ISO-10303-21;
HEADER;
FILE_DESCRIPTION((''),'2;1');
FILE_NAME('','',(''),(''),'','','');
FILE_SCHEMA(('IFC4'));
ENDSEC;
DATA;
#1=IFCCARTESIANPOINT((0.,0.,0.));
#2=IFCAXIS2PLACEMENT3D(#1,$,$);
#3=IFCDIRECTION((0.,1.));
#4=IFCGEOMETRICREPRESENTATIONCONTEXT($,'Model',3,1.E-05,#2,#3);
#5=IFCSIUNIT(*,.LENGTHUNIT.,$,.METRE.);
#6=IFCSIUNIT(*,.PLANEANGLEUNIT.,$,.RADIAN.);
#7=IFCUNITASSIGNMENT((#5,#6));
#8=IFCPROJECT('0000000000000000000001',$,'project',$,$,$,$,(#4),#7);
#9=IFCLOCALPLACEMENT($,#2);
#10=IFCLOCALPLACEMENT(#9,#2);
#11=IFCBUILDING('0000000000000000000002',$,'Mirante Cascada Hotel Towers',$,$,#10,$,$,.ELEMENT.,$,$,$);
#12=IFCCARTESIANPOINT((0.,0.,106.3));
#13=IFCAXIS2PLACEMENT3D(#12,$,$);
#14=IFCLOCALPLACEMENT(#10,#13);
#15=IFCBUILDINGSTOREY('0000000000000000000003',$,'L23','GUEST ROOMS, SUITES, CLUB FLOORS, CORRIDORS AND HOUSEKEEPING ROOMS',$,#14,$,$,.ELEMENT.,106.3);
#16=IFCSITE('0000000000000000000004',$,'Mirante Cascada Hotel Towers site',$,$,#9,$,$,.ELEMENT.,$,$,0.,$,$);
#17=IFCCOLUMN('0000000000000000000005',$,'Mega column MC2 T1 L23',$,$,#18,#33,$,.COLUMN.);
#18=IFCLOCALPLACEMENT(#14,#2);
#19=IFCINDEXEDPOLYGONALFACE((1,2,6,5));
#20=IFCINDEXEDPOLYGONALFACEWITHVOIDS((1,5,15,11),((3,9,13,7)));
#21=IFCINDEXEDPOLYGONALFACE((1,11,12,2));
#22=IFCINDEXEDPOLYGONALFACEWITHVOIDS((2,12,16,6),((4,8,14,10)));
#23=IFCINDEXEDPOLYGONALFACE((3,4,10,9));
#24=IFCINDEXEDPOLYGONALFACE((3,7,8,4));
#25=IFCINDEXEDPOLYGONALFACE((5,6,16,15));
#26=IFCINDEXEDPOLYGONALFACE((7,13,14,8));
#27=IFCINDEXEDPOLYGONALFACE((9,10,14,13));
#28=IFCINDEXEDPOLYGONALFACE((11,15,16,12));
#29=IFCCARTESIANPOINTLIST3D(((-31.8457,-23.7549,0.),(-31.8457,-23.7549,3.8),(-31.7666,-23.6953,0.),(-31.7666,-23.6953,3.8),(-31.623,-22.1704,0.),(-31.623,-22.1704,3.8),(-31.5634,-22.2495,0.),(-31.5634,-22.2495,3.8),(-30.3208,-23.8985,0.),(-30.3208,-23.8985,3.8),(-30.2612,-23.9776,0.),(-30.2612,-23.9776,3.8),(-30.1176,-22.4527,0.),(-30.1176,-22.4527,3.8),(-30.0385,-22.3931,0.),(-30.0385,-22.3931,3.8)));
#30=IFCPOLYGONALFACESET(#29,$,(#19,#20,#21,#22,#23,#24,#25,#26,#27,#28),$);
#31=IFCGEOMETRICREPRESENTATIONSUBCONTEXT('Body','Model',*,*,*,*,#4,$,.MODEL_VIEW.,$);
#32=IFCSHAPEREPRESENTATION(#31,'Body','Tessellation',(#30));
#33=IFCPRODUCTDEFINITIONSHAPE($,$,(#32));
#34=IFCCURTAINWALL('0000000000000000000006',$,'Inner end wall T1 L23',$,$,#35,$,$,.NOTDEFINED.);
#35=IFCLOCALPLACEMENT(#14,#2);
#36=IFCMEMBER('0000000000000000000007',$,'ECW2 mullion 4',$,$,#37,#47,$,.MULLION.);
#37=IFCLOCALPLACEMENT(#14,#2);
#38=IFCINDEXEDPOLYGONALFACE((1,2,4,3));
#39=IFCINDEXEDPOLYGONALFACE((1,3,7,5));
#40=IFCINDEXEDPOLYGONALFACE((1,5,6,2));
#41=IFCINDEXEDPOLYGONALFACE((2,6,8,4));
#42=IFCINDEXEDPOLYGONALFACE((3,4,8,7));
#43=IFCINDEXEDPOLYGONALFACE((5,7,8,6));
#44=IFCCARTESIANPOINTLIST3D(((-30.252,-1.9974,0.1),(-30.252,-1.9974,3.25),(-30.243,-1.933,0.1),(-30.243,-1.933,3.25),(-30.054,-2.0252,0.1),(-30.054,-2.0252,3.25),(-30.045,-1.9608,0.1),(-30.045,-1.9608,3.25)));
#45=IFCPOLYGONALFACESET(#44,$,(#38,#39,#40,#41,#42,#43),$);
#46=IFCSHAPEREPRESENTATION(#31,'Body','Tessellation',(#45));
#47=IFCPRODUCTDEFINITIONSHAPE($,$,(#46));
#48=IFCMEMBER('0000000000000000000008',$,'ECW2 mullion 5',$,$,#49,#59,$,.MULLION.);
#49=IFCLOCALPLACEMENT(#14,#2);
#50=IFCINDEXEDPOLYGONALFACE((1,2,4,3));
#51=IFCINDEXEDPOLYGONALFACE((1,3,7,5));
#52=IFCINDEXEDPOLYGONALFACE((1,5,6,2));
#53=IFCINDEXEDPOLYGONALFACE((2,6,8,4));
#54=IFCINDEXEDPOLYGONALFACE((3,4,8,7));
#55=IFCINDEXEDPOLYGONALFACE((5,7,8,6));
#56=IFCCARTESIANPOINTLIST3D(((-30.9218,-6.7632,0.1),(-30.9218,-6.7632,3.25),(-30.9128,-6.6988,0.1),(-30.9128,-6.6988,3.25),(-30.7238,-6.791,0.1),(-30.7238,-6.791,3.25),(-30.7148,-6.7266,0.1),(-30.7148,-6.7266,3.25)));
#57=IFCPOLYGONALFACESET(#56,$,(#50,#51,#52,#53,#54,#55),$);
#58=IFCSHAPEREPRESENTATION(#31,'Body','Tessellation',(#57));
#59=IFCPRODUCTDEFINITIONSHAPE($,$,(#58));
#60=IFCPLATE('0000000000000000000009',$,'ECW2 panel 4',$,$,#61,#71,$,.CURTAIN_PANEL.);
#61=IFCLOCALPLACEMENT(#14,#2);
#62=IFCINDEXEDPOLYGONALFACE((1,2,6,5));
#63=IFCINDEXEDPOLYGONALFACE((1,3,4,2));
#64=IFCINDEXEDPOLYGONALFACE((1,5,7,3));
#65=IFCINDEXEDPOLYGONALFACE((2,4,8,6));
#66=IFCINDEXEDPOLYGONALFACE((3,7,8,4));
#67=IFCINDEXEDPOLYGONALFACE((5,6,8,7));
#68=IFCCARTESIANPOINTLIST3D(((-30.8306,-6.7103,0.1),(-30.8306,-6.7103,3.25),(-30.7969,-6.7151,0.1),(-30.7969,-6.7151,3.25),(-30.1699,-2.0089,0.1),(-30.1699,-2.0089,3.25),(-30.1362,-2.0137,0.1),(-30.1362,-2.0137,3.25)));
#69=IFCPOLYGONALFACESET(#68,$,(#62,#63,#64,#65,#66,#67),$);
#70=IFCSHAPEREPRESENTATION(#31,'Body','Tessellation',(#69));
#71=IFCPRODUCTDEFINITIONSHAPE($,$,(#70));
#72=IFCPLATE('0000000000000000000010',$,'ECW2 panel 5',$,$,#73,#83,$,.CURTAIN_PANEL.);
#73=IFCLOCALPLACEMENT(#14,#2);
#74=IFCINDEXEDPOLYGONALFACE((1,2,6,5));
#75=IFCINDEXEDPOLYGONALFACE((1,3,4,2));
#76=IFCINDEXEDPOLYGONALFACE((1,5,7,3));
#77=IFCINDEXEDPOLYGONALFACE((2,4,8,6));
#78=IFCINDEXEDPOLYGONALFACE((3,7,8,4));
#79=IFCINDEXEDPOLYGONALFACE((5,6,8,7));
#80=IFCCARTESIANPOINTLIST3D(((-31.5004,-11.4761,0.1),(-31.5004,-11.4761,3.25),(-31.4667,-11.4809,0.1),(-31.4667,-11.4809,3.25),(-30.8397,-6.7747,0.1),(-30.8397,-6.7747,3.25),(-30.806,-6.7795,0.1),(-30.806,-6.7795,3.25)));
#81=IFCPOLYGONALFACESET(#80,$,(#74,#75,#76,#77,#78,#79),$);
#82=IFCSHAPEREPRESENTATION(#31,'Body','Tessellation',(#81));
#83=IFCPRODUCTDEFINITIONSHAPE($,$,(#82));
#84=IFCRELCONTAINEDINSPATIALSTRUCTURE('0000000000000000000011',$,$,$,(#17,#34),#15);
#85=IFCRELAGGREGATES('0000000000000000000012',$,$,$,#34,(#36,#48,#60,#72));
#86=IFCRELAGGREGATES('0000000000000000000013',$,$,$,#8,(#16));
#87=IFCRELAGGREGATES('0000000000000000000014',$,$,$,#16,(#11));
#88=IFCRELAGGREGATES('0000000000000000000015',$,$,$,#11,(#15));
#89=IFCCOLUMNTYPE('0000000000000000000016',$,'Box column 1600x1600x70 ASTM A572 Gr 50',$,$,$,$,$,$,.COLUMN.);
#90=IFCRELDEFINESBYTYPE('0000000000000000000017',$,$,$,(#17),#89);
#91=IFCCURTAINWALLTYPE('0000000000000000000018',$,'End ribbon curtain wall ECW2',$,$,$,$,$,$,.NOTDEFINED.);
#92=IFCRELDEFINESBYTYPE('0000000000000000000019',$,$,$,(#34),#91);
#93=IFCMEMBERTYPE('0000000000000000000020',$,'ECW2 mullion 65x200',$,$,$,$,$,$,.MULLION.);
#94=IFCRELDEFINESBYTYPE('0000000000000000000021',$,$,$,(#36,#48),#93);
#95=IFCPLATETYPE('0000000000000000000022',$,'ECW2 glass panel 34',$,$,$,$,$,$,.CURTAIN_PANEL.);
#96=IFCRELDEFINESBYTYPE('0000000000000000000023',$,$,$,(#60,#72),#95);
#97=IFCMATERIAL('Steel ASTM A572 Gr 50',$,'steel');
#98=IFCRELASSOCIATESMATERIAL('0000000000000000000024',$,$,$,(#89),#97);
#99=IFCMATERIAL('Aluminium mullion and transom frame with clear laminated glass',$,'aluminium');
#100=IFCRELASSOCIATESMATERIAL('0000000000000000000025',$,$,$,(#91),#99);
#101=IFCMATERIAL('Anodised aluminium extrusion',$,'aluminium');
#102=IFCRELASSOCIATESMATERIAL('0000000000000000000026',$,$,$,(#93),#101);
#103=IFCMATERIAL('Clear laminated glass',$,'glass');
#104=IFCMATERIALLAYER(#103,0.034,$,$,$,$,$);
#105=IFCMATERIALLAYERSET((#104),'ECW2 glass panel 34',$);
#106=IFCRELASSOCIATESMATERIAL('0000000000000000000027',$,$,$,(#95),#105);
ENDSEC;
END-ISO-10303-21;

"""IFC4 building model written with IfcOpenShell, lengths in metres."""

from ifc_helpers import new_model, si_unit, direction, frame, origin, origin_2d, place, context, subcontext, project, spatial, rectangle, hollow_rectangle, extrude, material, layer, layer_set, material_profile, profile_set, type_object, element, aggregate, save


model = new_model("IFC4")

# Units and contexts
model_context = context("Model", 3, precision=1e-05, world=origin(), true_north=direction((0.0, 1.0)))
body_context = subcontext(model_context, "Body", "Model", "MODEL_VIEW")
ifc_project = project(units=[si_unit("LENGTHUNIT", "METRE"), si_unit("PLANEANGLEUNIT", "RADIAN")], contexts=[model_context])

# Site, building, storey
site_placement = place(None, origin())
site = spatial("IfcSite", under=ifc_project, at=site_placement, Name="Mirante Cascada Hotel Towers site", CompositionType="ELEMENT", RefElevation=0.0)
building_placement = place(site_placement, origin())
building = spatial("IfcBuilding", under=site, at=building_placement, Name="Mirante Cascada Hotel Towers", CompositionType="ELEMENT")
storey_placement = place(building_placement, frame((0.0, 0.0, 106.3)))
storey = spatial("IfcBuildingStorey", under=building, at=storey_placement, Name="L23", Description="GUEST ROOMS, SUITES, CLUB FLOORS, CORRIDORS AND HOUSEKEEPING ROOMS", CompositionType="ELEMENT", Elevation=106.3)

# Column
ifc_material_1 = material(Name="Steel ASTM A572 Gr 50", Category="steel")
ifc_material_profile_1 = material_profile(ifc_material_1, hollow_rectangle(XDim=1.6, YDim=1.6, WallThickness=0.07, at=origin_2d()), Name="Box column 1600x1600x70 ASTM A572 Gr 50")
ifc_profile_set_1 = profile_set([ifc_material_profile_1], Name="Steel ASTM A572 Gr 50")
column_type = type_object("IfcColumnType", Name="Box column 1600x1600x70 ASTM A572 Gr 50", PredefinedType="COLUMN", material=ifc_profile_set_1)
column_placement = place(storey_placement, frame((-30.9421, -23.074, 0.0), z_axis=(0.0, 0.0, 1.0), x_axis=(-0.990268, 0.139173, 0.0)))
element("IfcColumn", 1, at=column_placement, inside=storey, type_object=column_type, Name="Mega column MC2 T1 L23", PredefinedType="COLUMN", context=body_context, shape_type="SweptSolid", body=[
    extrude(hollow_rectangle(XDim=1.6, YDim=1.6, WallThickness=0.07, at=origin_2d()), origin(), (0.0, 0.0, 1.0), 3.8),
])

# Curtain wall, members, plates
ifc_material_2 = material(Name="Aluminium mullion and transom frame with clear laminated glass", Category="aluminium")
curtain_wall_type = type_object("IfcCurtainWallType", Name="End ribbon curtain wall ECW2", PredefinedType="NOTDEFINED", material=ifc_material_2)
curtain_wall_placement = place(storey_placement, origin())
curtain_wall = element("IfcCurtainWall", 2, at=curtain_wall_placement, inside=storey, type_object=curtain_wall_type, Name="Inner end wall T1 L23", PredefinedType="NOTDEFINED")
ifc_material_3 = material(Name="Anodised aluminium extrusion", Category="aluminium")
ifc_material_profile_2 = material_profile(ifc_material_3, rectangle(XDim=0.2, YDim=0.065, at=origin_2d()), Name="ECW2 MULLION 65x200")
ifc_profile_set_2 = profile_set([ifc_material_profile_2], Name="Anodised aluminium extrusion")
member_type = type_object("IfcMemberType", Name="ECW2 mullion 65x200", PredefinedType="MULLION", material=ifc_profile_set_2)
member_1_placement = place(storey_placement, frame((-30.1485, -1.9791, 0.1), z_axis=(0.0, 0.0, 1.0), x_axis=(0.990268, -0.139173, 0.0)))
member_1 = element("IfcMember", 3, at=member_1_placement, type_object=member_type, Name="ECW2 mullion 4", PredefinedType="MULLION", context=body_context, shape_type="SweptSolid", body=[
    extrude(rectangle(XDim=0.2, YDim=0.065, at=origin_2d()), origin(), (0.0, 0.0, 1.0), 3.15),
])
member_2_placement = place(storey_placement, frame((-30.8183, -6.7449, 0.1), z_axis=(0.0, 0.0, 1.0), x_axis=(0.990268, -0.139173, 0.0)))
member_2 = element("IfcMember", 4, at=member_2_placement, type_object=member_type, Name="ECW2 mullion 5", PredefinedType="MULLION", context=body_context, shape_type="SweptSolid", body=[
    extrude(rectangle(XDim=0.2, YDim=0.065, at=origin_2d()), origin(), (0.0, 0.0, 1.0), 3.15),
])
ifc_material_4 = material(Name="Clear laminated glass", Category="glass")
ifc_layer_1 = layer(ifc_material_4, 0.034)
ifc_layer_set_1 = layer_set([ifc_layer_1], Name="ECW2 glass panel 34")
plate_type = type_object("IfcPlateType", Name="ECW2 glass panel 34", PredefinedType="CURTAIN_PANEL", material=ifc_layer_set_1)
plate_1_placement = place(storey_placement, frame((-30.4834, -4.362, 0.1), z_axis=(0.0, 0.0, 1.0), x_axis=(-0.139173, -0.990268, 0.0)))
plate_1 = element("IfcPlate", 5, at=plate_1_placement, type_object=plate_type, Name="ECW2 panel 4", PredefinedType="CURTAIN_PANEL", context=body_context, shape_type="SweptSolid", body=[
    extrude(rectangle(XDim=4.7476, YDim=0.034, at=origin_2d()), origin(), (0.0, 0.0, 1.0), 3.15),
])
plate_2_placement = place(storey_placement, frame((-31.1532, -9.1278, 0.1), z_axis=(0.0, 0.0, 1.0), x_axis=(-0.139173, -0.990268, 0.0)))
plate_2 = element("IfcPlate", 6, at=plate_2_placement, type_object=plate_type, Name="ECW2 panel 5", PredefinedType="CURTAIN_PANEL", context=body_context, shape_type="SweptSolid", body=[
    extrude(rectangle(XDim=4.7476, YDim=0.034, at=origin_2d()), origin(), (0.0, 0.0, 1.0), 3.15),
])
aggregate(curtain_wall, [member_1, member_2, plate_1, plate_2])

save(model, "model.ifc")
